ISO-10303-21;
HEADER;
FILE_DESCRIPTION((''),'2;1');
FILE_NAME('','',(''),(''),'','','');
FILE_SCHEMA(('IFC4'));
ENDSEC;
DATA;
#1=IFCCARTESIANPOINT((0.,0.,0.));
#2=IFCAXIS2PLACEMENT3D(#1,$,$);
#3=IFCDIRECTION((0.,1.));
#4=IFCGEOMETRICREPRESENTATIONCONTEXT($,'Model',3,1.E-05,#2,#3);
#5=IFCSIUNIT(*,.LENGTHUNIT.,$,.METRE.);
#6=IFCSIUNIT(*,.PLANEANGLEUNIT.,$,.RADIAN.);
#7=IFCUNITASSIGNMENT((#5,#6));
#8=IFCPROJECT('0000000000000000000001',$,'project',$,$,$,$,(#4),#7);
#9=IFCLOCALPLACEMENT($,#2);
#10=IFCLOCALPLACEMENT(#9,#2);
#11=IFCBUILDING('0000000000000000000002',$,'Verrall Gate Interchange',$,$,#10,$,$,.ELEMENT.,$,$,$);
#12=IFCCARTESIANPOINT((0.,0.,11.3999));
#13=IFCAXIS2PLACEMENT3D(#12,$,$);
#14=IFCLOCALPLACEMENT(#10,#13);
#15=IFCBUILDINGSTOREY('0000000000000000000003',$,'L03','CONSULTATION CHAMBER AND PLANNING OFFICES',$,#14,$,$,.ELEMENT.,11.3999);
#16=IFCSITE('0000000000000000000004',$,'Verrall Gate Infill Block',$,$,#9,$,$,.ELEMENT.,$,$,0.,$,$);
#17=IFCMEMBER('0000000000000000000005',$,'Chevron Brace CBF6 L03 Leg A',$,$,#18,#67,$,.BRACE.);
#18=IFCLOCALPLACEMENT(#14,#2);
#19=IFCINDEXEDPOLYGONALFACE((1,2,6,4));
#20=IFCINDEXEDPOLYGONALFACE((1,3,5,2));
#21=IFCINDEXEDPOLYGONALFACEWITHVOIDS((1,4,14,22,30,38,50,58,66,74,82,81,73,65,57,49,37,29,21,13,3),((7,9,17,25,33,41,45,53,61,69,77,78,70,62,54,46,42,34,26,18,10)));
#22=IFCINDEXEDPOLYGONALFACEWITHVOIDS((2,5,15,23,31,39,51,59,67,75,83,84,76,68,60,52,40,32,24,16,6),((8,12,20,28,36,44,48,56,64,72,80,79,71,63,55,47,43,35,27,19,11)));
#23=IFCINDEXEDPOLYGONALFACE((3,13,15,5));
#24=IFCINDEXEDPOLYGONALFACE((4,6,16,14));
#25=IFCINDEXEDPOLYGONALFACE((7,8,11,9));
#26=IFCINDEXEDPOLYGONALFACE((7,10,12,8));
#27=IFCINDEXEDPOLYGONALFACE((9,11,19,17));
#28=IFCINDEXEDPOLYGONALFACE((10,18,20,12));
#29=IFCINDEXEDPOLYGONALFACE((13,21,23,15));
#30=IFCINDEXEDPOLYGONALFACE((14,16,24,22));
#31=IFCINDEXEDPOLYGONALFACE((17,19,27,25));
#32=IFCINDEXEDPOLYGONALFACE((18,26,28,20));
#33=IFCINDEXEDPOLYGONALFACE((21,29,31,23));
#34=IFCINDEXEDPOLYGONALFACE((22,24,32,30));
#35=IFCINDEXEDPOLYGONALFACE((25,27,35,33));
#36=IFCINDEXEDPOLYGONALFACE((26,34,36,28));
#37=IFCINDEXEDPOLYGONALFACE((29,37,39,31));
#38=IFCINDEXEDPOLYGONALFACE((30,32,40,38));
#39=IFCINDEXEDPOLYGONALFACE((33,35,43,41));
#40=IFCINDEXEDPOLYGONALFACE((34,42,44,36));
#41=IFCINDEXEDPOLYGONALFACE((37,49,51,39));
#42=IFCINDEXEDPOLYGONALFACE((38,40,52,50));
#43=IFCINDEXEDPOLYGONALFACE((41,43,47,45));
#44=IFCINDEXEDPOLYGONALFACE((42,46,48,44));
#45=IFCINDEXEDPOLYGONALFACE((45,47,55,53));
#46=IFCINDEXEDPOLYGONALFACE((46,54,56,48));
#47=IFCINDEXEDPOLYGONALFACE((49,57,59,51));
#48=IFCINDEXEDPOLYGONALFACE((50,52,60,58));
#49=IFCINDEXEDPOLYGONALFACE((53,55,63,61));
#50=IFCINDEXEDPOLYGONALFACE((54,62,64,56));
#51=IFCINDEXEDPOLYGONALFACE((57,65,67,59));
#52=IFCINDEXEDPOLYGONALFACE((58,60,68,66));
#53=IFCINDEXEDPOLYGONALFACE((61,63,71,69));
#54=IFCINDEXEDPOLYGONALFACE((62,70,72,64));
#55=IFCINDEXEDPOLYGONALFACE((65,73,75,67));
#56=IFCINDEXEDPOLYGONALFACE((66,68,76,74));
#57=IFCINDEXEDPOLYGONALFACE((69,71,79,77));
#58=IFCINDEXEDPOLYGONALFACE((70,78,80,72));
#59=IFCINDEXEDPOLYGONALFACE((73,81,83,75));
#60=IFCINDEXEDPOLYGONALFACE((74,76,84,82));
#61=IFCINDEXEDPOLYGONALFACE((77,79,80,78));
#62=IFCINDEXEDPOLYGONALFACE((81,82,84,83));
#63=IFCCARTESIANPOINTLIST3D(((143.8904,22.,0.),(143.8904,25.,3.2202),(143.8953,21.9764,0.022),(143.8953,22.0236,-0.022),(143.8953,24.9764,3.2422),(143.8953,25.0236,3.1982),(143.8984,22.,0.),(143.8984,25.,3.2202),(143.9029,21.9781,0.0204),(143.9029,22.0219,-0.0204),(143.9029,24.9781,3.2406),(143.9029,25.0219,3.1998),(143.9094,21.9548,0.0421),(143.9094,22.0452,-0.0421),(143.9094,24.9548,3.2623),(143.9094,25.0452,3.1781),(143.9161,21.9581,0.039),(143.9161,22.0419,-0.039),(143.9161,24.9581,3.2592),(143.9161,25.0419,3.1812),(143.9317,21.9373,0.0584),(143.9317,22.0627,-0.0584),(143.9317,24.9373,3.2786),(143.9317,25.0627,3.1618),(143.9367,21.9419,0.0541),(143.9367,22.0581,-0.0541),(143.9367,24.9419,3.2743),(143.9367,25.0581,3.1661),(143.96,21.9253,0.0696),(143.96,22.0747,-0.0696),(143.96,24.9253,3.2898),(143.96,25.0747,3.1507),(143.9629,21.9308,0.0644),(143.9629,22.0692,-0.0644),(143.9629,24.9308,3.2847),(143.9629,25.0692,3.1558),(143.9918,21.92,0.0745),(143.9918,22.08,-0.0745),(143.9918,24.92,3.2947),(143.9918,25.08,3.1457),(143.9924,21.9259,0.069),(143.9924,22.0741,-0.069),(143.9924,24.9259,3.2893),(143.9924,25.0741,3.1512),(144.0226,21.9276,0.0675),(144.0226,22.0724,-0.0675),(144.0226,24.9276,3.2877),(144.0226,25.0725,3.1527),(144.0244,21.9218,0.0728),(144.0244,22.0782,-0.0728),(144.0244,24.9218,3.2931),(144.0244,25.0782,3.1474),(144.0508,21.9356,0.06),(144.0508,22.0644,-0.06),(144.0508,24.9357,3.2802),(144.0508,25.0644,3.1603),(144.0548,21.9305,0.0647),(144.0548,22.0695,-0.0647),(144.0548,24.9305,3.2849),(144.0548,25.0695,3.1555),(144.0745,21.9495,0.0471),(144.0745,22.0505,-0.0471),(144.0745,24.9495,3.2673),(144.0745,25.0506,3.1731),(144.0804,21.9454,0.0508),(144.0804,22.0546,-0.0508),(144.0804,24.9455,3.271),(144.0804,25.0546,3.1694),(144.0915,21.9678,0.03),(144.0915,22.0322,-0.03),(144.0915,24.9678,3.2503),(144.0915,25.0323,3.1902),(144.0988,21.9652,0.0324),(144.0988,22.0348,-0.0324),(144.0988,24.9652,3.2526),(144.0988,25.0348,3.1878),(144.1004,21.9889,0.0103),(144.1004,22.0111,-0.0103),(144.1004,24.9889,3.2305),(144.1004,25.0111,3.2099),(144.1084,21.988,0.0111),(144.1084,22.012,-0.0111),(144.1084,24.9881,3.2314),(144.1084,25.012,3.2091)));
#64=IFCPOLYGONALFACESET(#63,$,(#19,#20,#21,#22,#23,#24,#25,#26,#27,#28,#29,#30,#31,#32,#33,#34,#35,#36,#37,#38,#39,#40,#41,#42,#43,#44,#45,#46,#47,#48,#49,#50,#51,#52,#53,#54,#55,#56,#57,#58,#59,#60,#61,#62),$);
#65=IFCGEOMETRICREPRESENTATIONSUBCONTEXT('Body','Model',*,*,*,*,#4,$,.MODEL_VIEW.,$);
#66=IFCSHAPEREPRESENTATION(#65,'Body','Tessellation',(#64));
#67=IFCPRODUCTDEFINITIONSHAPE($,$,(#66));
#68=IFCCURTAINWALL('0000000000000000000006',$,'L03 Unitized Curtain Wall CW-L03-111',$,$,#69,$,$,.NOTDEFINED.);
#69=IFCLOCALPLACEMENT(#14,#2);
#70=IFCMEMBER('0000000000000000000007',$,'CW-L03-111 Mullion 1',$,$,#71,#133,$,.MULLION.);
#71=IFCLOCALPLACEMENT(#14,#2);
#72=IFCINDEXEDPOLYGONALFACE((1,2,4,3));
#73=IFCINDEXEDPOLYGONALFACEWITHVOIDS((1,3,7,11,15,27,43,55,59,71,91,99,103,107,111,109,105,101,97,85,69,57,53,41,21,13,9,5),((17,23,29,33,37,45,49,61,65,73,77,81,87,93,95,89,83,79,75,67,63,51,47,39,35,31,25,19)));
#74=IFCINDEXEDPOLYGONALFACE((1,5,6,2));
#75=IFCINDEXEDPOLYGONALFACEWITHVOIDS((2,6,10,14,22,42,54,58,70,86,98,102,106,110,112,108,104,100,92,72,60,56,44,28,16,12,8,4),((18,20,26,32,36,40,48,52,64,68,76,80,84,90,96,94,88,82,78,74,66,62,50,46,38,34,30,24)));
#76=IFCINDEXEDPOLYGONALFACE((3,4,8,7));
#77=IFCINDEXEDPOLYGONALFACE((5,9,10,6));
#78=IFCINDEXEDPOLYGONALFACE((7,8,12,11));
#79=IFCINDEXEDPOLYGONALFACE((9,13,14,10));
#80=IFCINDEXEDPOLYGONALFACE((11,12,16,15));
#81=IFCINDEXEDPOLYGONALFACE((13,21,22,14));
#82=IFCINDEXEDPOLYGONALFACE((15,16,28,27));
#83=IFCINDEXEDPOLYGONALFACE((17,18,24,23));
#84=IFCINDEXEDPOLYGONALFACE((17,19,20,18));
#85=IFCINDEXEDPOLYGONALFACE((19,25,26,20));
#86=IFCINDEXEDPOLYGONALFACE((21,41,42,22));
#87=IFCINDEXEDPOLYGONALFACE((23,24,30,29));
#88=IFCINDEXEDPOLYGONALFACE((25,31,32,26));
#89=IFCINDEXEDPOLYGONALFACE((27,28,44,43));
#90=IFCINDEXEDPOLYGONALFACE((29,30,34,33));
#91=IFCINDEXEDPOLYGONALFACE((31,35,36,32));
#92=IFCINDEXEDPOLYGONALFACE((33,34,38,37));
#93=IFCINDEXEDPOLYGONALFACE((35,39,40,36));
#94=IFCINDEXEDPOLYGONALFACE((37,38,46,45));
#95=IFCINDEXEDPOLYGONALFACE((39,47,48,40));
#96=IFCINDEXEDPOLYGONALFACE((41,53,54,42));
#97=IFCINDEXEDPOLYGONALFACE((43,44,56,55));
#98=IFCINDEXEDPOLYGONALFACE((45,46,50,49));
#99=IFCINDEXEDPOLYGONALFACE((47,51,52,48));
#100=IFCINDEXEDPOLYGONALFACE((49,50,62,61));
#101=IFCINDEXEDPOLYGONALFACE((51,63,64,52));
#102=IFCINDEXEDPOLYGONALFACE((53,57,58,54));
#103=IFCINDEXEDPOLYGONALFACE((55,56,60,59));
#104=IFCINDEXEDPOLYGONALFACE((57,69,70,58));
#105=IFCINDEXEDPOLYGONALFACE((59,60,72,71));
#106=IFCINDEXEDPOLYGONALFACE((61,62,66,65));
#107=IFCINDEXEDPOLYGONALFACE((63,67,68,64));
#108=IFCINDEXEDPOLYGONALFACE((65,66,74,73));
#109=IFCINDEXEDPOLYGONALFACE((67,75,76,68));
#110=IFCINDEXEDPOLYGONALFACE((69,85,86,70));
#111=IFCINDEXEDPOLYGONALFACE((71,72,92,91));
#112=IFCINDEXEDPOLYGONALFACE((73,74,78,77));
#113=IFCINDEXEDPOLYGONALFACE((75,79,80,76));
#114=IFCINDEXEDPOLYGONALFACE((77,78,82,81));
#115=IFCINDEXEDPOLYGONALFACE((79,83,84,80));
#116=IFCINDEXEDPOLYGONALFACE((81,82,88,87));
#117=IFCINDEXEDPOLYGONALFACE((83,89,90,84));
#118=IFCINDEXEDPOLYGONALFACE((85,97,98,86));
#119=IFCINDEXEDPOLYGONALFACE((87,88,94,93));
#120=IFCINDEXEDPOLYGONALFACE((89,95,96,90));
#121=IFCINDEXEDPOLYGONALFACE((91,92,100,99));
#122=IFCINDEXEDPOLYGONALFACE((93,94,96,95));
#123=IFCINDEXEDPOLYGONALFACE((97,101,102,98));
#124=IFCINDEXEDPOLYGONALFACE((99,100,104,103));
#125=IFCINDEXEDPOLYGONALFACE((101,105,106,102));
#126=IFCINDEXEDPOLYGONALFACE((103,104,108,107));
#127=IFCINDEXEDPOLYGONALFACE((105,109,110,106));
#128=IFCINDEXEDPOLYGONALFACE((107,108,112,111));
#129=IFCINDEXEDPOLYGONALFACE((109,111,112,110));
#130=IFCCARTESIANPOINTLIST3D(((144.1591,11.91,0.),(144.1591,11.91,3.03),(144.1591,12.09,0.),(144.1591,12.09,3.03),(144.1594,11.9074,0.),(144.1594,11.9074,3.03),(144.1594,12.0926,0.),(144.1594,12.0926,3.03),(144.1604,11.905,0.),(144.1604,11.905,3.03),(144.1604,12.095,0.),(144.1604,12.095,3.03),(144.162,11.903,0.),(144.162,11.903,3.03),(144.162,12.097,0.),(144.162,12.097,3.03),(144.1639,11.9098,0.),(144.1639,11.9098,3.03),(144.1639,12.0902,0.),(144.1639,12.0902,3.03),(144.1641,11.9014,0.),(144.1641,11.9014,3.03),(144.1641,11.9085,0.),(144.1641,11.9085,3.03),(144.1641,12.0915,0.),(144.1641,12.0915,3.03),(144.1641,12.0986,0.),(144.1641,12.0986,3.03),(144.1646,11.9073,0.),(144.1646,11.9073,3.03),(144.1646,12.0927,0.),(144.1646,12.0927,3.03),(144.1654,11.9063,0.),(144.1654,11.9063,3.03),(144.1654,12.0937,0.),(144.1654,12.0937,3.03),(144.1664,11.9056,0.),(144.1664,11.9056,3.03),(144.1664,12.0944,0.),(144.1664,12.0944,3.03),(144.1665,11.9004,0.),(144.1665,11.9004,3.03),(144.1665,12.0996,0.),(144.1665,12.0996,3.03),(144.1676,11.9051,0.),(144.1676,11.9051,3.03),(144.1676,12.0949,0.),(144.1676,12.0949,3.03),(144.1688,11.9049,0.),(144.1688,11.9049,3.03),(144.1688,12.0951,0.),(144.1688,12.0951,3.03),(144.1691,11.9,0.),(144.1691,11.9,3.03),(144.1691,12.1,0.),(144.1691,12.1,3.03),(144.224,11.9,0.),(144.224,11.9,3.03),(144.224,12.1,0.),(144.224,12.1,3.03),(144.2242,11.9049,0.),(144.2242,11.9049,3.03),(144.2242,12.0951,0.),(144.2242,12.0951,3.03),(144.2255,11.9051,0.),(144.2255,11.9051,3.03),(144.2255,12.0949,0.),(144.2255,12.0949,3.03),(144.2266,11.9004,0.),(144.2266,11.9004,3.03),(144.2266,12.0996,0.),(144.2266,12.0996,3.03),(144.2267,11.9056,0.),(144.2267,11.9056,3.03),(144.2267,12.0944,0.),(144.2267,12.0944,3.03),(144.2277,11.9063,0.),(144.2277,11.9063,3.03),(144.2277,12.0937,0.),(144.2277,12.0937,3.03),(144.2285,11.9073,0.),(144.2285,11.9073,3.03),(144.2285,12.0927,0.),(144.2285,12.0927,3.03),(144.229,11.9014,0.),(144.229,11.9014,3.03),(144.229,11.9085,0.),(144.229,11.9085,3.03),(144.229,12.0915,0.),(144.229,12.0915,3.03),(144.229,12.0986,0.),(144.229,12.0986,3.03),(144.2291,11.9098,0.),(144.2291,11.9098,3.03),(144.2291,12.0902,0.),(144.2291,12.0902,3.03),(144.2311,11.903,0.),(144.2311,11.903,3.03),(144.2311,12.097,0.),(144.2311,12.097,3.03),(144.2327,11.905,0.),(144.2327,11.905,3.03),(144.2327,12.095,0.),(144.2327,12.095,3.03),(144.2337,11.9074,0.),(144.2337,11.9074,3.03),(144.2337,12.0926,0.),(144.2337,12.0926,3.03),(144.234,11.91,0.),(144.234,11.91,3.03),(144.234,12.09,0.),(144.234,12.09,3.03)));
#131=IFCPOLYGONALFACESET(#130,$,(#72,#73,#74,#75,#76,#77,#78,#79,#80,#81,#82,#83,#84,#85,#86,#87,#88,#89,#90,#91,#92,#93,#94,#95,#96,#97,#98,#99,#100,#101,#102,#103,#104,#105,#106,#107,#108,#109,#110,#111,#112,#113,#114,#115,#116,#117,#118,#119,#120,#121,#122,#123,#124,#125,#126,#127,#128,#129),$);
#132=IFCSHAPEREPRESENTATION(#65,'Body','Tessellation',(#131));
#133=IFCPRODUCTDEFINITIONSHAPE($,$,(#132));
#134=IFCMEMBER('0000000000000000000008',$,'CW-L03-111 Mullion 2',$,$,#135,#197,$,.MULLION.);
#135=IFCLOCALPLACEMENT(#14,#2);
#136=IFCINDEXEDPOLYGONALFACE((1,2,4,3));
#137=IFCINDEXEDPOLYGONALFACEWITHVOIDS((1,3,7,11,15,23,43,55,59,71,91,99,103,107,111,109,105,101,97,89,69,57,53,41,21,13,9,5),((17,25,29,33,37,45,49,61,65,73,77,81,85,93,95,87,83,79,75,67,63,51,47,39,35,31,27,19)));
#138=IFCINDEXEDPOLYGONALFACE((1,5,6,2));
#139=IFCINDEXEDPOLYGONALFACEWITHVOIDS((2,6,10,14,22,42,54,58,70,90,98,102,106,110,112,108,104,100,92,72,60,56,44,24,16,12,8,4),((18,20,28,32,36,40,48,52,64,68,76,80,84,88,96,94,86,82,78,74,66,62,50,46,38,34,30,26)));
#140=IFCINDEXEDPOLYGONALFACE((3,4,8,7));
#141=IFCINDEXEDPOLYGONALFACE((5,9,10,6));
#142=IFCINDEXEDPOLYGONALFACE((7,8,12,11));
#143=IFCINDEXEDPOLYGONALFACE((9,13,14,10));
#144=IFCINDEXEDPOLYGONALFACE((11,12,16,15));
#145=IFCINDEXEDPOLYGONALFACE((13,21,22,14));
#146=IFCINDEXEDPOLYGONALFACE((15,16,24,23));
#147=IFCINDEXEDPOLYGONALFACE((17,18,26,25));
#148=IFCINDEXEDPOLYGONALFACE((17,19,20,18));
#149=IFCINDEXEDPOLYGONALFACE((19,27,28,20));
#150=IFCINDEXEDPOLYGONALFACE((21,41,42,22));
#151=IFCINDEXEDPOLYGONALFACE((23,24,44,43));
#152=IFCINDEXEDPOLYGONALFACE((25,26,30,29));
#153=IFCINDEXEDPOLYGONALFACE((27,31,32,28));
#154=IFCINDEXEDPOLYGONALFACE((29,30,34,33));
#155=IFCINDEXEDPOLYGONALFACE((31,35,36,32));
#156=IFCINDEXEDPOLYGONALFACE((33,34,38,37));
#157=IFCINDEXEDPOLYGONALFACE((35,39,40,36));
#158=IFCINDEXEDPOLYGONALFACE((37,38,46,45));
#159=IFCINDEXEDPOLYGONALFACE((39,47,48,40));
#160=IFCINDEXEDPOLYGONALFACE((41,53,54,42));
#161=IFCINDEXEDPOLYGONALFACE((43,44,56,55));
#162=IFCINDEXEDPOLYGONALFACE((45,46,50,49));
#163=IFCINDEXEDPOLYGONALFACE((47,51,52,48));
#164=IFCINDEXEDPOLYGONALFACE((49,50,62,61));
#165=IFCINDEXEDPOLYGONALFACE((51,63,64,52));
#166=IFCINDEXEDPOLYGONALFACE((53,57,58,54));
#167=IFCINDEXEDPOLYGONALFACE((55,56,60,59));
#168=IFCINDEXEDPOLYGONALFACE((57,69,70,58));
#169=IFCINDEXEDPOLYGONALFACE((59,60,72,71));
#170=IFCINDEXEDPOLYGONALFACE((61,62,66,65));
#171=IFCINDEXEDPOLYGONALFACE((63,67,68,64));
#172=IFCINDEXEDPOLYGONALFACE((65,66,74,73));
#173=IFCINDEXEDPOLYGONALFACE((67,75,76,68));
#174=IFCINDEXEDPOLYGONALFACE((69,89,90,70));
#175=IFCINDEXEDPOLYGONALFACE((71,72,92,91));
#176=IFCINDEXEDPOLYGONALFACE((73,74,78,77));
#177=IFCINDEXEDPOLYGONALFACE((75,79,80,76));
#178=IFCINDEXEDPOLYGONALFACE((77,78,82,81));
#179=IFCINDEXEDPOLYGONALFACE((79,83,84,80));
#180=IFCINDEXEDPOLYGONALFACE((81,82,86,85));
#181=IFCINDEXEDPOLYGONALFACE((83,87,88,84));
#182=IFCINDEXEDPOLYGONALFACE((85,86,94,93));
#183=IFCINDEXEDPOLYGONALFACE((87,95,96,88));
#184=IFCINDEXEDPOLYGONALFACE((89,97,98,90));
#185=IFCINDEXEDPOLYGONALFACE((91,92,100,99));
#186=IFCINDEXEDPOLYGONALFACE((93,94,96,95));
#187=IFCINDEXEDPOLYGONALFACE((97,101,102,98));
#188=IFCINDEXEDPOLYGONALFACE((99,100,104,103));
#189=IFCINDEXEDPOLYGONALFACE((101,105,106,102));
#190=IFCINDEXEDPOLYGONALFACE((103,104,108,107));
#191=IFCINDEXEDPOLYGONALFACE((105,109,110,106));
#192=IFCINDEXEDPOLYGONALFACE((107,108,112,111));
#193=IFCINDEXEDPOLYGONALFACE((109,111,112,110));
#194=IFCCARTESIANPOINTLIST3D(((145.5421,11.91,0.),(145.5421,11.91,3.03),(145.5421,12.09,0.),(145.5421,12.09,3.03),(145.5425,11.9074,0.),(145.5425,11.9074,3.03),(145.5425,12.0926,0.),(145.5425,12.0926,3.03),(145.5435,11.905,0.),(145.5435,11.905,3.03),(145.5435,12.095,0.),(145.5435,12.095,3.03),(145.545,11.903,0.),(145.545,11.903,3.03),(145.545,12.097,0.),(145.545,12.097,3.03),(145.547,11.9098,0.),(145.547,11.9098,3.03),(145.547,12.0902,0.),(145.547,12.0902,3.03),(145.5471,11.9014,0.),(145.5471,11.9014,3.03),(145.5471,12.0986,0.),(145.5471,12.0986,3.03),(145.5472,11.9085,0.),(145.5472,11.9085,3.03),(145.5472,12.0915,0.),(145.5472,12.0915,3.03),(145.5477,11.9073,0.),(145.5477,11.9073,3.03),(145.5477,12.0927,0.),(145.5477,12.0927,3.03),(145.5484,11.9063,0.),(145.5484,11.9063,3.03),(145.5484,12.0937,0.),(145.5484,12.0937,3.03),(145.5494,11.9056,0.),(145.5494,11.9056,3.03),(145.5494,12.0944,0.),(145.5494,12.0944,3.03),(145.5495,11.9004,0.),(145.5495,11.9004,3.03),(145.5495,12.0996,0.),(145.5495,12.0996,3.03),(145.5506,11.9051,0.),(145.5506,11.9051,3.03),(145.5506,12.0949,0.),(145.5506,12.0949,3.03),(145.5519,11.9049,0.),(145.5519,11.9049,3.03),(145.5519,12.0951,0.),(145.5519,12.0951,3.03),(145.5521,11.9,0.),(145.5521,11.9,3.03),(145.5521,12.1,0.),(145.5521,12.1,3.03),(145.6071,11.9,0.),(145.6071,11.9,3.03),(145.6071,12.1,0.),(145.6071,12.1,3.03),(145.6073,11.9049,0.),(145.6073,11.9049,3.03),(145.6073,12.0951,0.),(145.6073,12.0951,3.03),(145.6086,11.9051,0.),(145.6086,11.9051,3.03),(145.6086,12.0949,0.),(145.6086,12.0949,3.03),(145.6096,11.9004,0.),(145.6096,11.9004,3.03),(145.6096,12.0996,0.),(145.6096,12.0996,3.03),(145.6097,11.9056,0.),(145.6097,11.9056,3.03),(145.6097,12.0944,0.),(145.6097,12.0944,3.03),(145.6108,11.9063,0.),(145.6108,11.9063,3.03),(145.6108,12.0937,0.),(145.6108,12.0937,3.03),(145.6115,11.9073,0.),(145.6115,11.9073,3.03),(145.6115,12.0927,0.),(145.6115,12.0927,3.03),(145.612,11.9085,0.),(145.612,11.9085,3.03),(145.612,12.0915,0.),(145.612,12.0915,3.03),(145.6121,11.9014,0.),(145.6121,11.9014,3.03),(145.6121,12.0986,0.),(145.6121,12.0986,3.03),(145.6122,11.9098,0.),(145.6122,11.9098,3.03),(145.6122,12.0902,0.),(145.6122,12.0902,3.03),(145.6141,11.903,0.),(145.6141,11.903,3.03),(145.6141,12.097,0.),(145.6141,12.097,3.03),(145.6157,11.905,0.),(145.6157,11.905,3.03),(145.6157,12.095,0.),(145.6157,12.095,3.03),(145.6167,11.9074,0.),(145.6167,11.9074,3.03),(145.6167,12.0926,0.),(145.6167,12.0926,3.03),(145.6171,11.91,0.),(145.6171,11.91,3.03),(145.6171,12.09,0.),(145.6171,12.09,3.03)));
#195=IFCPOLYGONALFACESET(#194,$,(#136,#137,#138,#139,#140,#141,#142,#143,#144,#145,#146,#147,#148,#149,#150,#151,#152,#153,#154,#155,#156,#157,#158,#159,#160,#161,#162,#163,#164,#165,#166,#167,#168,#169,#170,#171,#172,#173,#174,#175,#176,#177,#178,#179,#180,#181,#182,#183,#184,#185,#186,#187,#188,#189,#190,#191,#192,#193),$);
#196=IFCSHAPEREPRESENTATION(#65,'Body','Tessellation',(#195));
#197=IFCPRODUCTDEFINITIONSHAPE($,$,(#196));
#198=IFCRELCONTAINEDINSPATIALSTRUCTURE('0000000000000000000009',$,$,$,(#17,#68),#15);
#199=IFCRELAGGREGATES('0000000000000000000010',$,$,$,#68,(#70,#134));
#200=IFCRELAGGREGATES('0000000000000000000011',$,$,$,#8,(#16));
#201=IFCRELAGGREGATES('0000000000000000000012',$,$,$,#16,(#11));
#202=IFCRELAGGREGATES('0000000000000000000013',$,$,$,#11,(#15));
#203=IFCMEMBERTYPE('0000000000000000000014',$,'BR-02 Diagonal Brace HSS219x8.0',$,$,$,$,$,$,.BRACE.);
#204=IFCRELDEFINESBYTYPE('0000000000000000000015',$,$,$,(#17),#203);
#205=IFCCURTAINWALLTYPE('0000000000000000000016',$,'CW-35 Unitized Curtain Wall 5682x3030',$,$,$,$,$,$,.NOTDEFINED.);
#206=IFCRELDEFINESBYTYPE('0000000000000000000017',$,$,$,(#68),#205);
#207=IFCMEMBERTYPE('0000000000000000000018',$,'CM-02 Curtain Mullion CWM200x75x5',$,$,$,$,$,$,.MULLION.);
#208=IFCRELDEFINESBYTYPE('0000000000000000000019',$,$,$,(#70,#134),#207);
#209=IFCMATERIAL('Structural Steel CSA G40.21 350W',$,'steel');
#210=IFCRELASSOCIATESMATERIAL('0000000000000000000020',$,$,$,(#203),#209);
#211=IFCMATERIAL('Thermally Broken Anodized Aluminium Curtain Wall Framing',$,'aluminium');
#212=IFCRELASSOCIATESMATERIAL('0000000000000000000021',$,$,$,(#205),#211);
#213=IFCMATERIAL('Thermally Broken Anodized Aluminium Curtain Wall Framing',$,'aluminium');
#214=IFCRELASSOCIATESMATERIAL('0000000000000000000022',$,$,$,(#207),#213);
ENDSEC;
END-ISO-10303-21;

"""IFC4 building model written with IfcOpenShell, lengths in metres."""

from ifc_helpers import new_model, si_unit, direction, frame, origin, origin_2d, place, context, subcontext, project, spatial, hollow_rectangle, hollow_circle, extrude, material, material_profile, profile_set, type_object, element, aggregate, save


model = new_model("IFC4")

# Units and contexts
model_context = context("Model", 3, precision=1e-05, world=origin(), true_north=direction((0.0, 1.0)))
body_context = subcontext(model_context, "Body", "Model", "MODEL_VIEW")
ifc_project = project(units=[si_unit("LENGTHUNIT", "METRE"), si_unit("PLANEANGLEUNIT", "RADIAN")], contexts=[model_context])

# Site, building, storey
site_placement = place(None, origin())
site = spatial("IfcSite", under=ifc_project, at=site_placement, Name="Verrall Gate Infill Block", CompositionType="ELEMENT", RefElevation=0.0)
building_placement = place(site_placement, origin())
building = spatial("IfcBuilding", under=site, at=building_placement, Name="Verrall Gate Interchange", CompositionType="ELEMENT")
storey_placement = place(building_placement, frame((0.0, 0.0, 11.3999)))
storey = spatial("IfcBuildingStorey", under=building, at=storey_placement, Name="L03", Description="CONSULTATION CHAMBER AND PLANNING OFFICES", CompositionType="ELEMENT", Elevation=11.3999)

# Member
ifc_material_1 = material(Name="Structural Steel CSA G40.21 350W", Category="steel")
ifc_material_profile_1 = material_profile(ifc_material_1, hollow_circle(Radius=0.1096, WallThickness=0.0081, at=origin_2d()), Name="HSS219x8.0")
ifc_profile_set_1 = profile_set([ifc_material_profile_1], Name="Structural Steel CSA G40.21 350W")
member_type_1 = type_object("IfcMemberType", Name="BR-02 Diagonal Brace HSS219x8.0", PredefinedType="BRACE", material=ifc_profile_set_1)
member_1_placement = place(storey_placement, frame((144.0, 22.0, 0.0), z_axis=(0.0, 0.681646, 0.731682), x_axis=(-1.0, 0.0, 0.0)))
element("IfcMember", 1, at=member_1_placement, inside=storey, type_object=member_type_1, Name="Chevron Brace CBF6 L03 Leg A", PredefinedType="BRACE", context=body_context, shape_type="SweptSolid", body=[
    extrude(hollow_circle(Radius=0.1096, WallThickness=0.0081, at=origin_2d()), origin(), (0.0, 0.0, 1.0), 4.4011),
])

# Curtain wall, members
ifc_material_2 = material(Name="Thermally Broken Anodized Aluminium Curtain Wall Framing", Category="aluminium")
curtain_wall_type = type_object("IfcCurtainWallType", Name="CW-35 Unitized Curtain Wall 5682x3030", PredefinedType="NOTDEFINED", material=ifc_material_2)
curtain_wall_placement = place(storey_placement, origin())
curtain_wall = element("IfcCurtainWall", 2, at=curtain_wall_placement, inside=storey, type_object=curtain_wall_type, Name="L03 Unitized Curtain Wall CW-L03-111", PredefinedType="NOTDEFINED")
ifc_material_3 = material(Name="Thermally Broken Anodized Aluminium Curtain Wall Framing", Category="aluminium")
ifc_material_profile_2 = material_profile(ifc_material_3, hollow_rectangle(XDim=0.075, YDim=0.2, WallThickness=0.0049, InnerFilletRadius=0.0049, OuterFilletRadius=0.01, at=origin_2d()), Name="CWM200x75x5")
ifc_profile_set_2 = profile_set([ifc_material_profile_2], Name="Thermally Broken Anodized Aluminium Curtain Wall Framing")
member_type_2 = type_object("IfcMemberType", Name="CM-02 Curtain Mullion CWM200x75x5", PredefinedType="MULLION", material=ifc_profile_set_2)
member_2_placement = place(storey_placement, frame((144.1965, 12.0, 0.0), z_axis=(0.0, 0.0, 1.0), x_axis=(1.0, 0.0, 0.0)))
member_2 = element("IfcMember", 3, at=member_2_placement, type_object=member_type_2, Name="CW-L03-111 Mullion 1", PredefinedType="MULLION", context=body_context, shape_type="SweptSolid", body=[
    extrude(hollow_rectangle(XDim=0.075, YDim=0.2, WallThickness=0.0049, InnerFilletRadius=0.0049, OuterFilletRadius=0.01, at=origin_2d()), origin(), (0.0, 0.0, 1.0), 3.03),
])
member_3_placement = place(storey_placement, frame((145.5796, 12.0, 0.0), z_axis=(0.0, 0.0, 1.0), x_axis=(1.0, 0.0, 0.0)))
member_3 = element("IfcMember", 4, at=member_3_placement, type_object=member_type_2, Name="CW-L03-111 Mullion 2", PredefinedType="MULLION", context=body_context, shape_type="SweptSolid", body=[
    extrude(hollow_rectangle(XDim=0.075, YDim=0.2, WallThickness=0.0049, InnerFilletRadius=0.0049, OuterFilletRadius=0.01, at=origin_2d()), origin(), (0.0, 0.0, 1.0), 3.03),
])

aggregate(curtain_wall, [member_2, member_3])

save(model, "model.ifc")
